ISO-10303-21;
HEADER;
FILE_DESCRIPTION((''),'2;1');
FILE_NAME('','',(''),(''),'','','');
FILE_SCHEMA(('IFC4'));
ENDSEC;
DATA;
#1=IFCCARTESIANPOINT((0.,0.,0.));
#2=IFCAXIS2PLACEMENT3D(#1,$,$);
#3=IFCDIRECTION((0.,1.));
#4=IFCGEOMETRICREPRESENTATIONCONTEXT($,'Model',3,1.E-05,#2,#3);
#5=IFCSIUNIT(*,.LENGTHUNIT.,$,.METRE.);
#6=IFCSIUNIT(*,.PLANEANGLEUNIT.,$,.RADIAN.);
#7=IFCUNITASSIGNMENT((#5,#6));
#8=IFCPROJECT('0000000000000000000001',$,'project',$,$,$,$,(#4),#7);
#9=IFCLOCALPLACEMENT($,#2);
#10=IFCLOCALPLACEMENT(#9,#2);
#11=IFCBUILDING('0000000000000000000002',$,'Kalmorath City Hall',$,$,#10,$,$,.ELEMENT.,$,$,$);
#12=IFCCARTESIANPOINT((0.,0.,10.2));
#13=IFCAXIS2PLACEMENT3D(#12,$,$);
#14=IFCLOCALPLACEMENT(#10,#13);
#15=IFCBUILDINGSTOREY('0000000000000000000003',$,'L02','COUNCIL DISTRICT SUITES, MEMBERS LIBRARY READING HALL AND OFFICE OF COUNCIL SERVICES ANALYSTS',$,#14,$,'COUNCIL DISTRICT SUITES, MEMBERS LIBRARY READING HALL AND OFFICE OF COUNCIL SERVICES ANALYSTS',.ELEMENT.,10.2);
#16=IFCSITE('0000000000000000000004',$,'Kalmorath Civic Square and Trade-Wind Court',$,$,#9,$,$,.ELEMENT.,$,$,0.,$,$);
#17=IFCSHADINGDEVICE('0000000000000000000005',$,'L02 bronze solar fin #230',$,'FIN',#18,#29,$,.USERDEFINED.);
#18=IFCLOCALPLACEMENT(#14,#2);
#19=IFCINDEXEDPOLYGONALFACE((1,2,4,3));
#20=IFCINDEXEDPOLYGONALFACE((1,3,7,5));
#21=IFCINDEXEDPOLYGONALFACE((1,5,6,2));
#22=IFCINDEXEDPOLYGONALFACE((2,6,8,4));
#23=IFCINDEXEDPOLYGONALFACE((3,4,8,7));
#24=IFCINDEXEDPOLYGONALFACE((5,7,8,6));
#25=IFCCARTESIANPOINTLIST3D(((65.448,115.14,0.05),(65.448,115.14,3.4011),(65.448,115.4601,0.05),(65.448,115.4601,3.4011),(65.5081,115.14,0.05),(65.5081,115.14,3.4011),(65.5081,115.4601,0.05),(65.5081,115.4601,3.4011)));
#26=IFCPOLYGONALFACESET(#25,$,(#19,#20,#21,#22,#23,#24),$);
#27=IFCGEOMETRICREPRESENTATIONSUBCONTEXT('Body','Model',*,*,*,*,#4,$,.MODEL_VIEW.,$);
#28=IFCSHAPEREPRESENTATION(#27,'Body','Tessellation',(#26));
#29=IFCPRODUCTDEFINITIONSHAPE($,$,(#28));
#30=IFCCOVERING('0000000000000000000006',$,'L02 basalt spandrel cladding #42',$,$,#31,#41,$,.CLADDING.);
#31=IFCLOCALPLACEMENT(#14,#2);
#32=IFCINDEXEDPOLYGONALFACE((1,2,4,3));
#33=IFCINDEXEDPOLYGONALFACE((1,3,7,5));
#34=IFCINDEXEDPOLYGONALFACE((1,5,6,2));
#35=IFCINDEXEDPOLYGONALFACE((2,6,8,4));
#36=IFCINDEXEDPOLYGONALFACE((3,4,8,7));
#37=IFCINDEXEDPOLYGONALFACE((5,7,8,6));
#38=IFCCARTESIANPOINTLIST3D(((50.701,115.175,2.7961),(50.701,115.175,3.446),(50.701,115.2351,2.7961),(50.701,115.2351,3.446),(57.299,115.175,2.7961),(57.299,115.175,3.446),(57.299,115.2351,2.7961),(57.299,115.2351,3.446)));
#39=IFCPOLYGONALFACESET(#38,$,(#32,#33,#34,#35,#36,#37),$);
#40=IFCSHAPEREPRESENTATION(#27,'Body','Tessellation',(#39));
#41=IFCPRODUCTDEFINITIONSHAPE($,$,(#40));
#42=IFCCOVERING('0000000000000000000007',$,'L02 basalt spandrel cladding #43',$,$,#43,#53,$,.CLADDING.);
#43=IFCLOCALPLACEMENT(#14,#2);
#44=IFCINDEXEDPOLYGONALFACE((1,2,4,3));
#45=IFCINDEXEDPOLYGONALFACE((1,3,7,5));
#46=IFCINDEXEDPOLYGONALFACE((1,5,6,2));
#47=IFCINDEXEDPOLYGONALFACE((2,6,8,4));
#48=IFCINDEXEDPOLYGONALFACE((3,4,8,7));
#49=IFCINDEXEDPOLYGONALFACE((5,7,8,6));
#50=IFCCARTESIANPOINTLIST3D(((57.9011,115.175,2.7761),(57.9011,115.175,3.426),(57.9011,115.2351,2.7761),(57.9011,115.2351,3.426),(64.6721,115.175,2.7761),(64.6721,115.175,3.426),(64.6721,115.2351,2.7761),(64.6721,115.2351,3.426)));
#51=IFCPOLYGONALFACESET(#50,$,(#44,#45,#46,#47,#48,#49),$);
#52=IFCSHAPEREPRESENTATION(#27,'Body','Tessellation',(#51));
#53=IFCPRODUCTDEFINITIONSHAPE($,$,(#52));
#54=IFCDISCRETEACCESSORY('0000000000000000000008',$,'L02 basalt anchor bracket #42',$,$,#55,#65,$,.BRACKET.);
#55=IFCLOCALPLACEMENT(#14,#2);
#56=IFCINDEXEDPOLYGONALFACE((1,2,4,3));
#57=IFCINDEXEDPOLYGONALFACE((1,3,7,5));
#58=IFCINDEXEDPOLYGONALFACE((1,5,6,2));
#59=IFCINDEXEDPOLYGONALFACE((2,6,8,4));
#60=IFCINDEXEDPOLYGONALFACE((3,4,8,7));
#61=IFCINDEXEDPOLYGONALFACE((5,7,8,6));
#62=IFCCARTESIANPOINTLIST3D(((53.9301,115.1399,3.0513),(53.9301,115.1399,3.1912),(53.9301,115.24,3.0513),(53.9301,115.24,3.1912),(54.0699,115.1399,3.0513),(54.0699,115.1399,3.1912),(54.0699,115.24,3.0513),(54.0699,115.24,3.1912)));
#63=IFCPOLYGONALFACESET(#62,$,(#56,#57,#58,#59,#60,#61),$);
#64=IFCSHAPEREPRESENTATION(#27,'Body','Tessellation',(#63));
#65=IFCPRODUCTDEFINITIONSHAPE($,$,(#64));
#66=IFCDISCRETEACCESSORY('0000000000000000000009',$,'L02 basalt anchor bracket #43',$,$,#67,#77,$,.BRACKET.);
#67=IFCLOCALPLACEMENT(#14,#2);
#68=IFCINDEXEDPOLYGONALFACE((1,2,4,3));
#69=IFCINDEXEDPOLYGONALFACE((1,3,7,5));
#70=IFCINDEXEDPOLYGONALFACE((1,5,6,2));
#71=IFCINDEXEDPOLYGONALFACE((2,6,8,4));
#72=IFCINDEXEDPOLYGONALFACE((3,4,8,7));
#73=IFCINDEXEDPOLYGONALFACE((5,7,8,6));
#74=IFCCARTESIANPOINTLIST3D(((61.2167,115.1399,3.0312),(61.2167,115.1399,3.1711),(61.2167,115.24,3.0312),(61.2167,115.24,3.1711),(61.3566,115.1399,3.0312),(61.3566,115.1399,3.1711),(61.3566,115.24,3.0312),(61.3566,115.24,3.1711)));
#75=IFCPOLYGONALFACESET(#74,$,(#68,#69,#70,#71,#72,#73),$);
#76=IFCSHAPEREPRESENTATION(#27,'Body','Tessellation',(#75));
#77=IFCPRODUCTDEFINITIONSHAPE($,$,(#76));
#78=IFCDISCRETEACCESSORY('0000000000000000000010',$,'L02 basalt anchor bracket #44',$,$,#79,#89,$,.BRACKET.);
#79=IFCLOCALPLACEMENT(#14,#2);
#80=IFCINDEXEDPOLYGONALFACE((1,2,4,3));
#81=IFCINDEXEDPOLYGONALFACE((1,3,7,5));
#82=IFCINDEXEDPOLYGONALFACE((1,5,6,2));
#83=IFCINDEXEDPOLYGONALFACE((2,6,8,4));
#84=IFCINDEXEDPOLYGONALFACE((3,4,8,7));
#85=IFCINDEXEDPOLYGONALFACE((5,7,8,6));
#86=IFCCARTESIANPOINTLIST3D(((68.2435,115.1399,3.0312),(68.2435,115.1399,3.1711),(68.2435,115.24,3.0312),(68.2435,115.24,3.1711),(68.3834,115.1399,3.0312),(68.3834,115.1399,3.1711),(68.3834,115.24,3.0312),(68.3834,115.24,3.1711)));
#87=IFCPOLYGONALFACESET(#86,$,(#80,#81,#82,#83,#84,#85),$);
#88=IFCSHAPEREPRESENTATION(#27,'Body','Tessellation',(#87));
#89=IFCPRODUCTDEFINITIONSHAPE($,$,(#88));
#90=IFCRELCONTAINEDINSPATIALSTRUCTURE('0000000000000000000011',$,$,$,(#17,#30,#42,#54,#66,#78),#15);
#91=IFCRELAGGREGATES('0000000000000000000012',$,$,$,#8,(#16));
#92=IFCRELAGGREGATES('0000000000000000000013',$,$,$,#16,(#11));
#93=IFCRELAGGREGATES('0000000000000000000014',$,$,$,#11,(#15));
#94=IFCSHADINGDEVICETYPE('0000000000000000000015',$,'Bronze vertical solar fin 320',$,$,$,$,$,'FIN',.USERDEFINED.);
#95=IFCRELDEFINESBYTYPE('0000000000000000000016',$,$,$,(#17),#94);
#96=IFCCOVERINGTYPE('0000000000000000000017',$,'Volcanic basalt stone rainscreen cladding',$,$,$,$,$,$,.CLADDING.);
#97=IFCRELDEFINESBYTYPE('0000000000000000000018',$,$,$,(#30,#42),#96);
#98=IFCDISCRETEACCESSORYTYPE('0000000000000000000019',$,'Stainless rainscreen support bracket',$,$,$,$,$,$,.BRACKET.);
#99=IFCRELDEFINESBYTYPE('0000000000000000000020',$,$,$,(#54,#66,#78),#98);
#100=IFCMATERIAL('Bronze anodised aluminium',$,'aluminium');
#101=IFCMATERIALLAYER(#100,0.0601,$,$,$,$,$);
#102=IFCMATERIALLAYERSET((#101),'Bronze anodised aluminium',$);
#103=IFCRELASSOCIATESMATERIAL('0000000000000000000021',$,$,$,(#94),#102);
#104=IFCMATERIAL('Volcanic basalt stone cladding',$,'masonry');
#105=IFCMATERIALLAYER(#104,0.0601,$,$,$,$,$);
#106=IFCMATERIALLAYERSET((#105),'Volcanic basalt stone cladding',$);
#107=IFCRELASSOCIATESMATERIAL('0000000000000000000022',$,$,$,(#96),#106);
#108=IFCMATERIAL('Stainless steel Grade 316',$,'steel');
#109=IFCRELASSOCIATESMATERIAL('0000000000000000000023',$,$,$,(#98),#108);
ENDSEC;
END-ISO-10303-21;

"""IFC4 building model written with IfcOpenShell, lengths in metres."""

from ifc_helpers import new_model, si_unit, direction, frame, origin, origin_2d, place, context, subcontext, project, spatial, rectangle, extrude, material, layer, layer_set, type_object, element, save


model = new_model("IFC4")

# Units and contexts
model_context = context("Model", 3, precision=1e-05, world=origin(), true_north=direction((0.0, 1.0)))
body_context = subcontext(model_context, "Body", "Model", "MODEL_VIEW")
ifc_project = project(units=[si_unit("LENGTHUNIT", "METRE"), si_unit("PLANEANGLEUNIT", "RADIAN")], contexts=[model_context])

# Site, building, storey
site_placement = place(None, origin())
site = spatial("IfcSite", under=ifc_project, at=site_placement, Name="Kalmorath Civic Square and Trade-Wind Court", CompositionType="ELEMENT", RefElevation=0.0)
building_placement = place(site_placement, origin())
building = spatial("IfcBuilding", under=site, at=building_placement, Name="Kalmorath City Hall", CompositionType="ELEMENT")
storey_placement = place(building_placement, frame((0.0, 0.0, 10.2)))
storey = spatial("IfcBuildingStorey", under=building, at=storey_placement, Name="L02", Description="COUNCIL DISTRICT SUITES, MEMBERS LIBRARY READING HALL AND OFFICE OF COUNCIL SERVICES ANALYSTS", LongName="COUNCIL DISTRICT SUITES, MEMBERS LIBRARY READING HALL AND OFFICE OF COUNCIL SERVICES ANALYSTS", CompositionType="ELEMENT", Elevation=10.2)

# Shading device
ifc_material_1 = material(Name="Bronze anodised aluminium", Category="aluminium")
ifc_layer_1 = layer(ifc_material_1, 0.0601)
ifc_layer_set_1 = layer_set([ifc_layer_1], Name="Bronze anodised aluminium")
shading_device_type = type_object("IfcShadingDeviceType", Name="Bronze vertical solar fin 320", ElementType="FIN", PredefinedType="USERDEFINED", material=ifc_layer_set_1)
for number, where, z_axis, x_axis, name in (
    (1, (65.478, 115.3, 0.05), (0.0, 0.0, 1.0), (1.0, 0.0, 0.0), "L02 bronze solar fin #230"),
):
    element("IfcShadingDevice", number, at=place(storey_placement, frame(where, z_axis=z_axis, x_axis=x_axis)), inside=storey, type_object=shading_device_type, Name=name, ObjectType="FIN", PredefinedType="USERDEFINED", context=body_context, shape_type="SweptSolid", body=[
        extrude(rectangle(XDim=0.0601, YDim=0.3201, at=origin_2d()), origin(), (0.0, 0.0, 1.0), 3.3511),
    ])

# Coverings
ifc_material_2 = material(Name="Volcanic basalt stone cladding", Category="masonry")
ifc_layer_2 = layer(ifc_material_2, 0.0601)
ifc_layer_set_2 = layer_set([ifc_layer_2], Name="Volcanic basalt stone cladding")
covering_type = type_object("IfcCoveringType", Name="Volcanic basalt stone rainscreen cladding", PredefinedType="CLADDING", material=ifc_layer_set_2)
covering_1_placement = place(storey_placement, frame((54.0, 115.2051, 2.7961), z_axis=(0.0, 0.0, 1.0), x_axis=(1.0, 0.0, 0.0)))
element("IfcCovering", 2, at=covering_1_placement, inside=storey, type_object=covering_type, Name="L02 basalt spandrel cladding #42", PredefinedType="CLADDING", context=body_context, shape_type="SweptSolid", body=[
    extrude(rectangle(XDim=6.5979, YDim=0.0601, at=origin_2d()), origin(), (0.0, 0.0, 1.0), 0.6499),
])
covering_2_placement = place(storey_placement, frame((61.2866, 115.2051, 2.7761), z_axis=(0.0, 0.0, 1.0), x_axis=(1.0, 0.0, 0.0)))
element("IfcCovering", 3, at=covering_2_placement, inside=storey, type_object=covering_type, Name="L02 basalt spandrel cladding #43", PredefinedType="CLADDING", context=body_context, shape_type="SweptSolid", body=[
    extrude(rectangle(XDim=6.771, YDim=0.0601, at=origin_2d()), origin(), (0.0, 0.0, 1.0), 0.6499),
])

# Discrete accessories
ifc_material_3 = material(Name="Stainless steel Grade 316", Category="steel")
discrete_accessory_type = type_object("IfcDiscreteAccessoryType", Name="Stainless rainscreen support bracket", PredefinedType="BRACKET", material=ifc_material_3)
for number, where, z_axis, x_axis, name in (
    (4, (54.0, 115.1899, 3.0513), (0.0, 0.0, 1.0), (1.0, 0.0, 0.0), "L02 basalt anchor bracket #42"),
    (5, (61.2866, 115.1899, 3.0312), (0.0, 0.0, 1.0), (1.0, 0.0, 0.0), "L02 basalt anchor bracket #43"),
    (6, (68.3135, 115.1899, 3.0312), (0.0, 0.0, 1.0), (1.0, 0.0, 0.0), "L02 basalt anchor bracket #44"),
):
    element("IfcDiscreteAccessory", number, at=place(storey_placement, frame(where, z_axis=z_axis, x_axis=x_axis)), inside=storey, type_object=discrete_accessory_type, Name=name, PredefinedType="BRACKET", context=body_context, shape_type="SweptSolid", body=[
        extrude(rectangle(XDim=0.1399, YDim=0.1001, at=origin_2d()), origin(), (0.0, 0.0, 1.0), 0.1399),
    ])

save(model, "model.ifc")
